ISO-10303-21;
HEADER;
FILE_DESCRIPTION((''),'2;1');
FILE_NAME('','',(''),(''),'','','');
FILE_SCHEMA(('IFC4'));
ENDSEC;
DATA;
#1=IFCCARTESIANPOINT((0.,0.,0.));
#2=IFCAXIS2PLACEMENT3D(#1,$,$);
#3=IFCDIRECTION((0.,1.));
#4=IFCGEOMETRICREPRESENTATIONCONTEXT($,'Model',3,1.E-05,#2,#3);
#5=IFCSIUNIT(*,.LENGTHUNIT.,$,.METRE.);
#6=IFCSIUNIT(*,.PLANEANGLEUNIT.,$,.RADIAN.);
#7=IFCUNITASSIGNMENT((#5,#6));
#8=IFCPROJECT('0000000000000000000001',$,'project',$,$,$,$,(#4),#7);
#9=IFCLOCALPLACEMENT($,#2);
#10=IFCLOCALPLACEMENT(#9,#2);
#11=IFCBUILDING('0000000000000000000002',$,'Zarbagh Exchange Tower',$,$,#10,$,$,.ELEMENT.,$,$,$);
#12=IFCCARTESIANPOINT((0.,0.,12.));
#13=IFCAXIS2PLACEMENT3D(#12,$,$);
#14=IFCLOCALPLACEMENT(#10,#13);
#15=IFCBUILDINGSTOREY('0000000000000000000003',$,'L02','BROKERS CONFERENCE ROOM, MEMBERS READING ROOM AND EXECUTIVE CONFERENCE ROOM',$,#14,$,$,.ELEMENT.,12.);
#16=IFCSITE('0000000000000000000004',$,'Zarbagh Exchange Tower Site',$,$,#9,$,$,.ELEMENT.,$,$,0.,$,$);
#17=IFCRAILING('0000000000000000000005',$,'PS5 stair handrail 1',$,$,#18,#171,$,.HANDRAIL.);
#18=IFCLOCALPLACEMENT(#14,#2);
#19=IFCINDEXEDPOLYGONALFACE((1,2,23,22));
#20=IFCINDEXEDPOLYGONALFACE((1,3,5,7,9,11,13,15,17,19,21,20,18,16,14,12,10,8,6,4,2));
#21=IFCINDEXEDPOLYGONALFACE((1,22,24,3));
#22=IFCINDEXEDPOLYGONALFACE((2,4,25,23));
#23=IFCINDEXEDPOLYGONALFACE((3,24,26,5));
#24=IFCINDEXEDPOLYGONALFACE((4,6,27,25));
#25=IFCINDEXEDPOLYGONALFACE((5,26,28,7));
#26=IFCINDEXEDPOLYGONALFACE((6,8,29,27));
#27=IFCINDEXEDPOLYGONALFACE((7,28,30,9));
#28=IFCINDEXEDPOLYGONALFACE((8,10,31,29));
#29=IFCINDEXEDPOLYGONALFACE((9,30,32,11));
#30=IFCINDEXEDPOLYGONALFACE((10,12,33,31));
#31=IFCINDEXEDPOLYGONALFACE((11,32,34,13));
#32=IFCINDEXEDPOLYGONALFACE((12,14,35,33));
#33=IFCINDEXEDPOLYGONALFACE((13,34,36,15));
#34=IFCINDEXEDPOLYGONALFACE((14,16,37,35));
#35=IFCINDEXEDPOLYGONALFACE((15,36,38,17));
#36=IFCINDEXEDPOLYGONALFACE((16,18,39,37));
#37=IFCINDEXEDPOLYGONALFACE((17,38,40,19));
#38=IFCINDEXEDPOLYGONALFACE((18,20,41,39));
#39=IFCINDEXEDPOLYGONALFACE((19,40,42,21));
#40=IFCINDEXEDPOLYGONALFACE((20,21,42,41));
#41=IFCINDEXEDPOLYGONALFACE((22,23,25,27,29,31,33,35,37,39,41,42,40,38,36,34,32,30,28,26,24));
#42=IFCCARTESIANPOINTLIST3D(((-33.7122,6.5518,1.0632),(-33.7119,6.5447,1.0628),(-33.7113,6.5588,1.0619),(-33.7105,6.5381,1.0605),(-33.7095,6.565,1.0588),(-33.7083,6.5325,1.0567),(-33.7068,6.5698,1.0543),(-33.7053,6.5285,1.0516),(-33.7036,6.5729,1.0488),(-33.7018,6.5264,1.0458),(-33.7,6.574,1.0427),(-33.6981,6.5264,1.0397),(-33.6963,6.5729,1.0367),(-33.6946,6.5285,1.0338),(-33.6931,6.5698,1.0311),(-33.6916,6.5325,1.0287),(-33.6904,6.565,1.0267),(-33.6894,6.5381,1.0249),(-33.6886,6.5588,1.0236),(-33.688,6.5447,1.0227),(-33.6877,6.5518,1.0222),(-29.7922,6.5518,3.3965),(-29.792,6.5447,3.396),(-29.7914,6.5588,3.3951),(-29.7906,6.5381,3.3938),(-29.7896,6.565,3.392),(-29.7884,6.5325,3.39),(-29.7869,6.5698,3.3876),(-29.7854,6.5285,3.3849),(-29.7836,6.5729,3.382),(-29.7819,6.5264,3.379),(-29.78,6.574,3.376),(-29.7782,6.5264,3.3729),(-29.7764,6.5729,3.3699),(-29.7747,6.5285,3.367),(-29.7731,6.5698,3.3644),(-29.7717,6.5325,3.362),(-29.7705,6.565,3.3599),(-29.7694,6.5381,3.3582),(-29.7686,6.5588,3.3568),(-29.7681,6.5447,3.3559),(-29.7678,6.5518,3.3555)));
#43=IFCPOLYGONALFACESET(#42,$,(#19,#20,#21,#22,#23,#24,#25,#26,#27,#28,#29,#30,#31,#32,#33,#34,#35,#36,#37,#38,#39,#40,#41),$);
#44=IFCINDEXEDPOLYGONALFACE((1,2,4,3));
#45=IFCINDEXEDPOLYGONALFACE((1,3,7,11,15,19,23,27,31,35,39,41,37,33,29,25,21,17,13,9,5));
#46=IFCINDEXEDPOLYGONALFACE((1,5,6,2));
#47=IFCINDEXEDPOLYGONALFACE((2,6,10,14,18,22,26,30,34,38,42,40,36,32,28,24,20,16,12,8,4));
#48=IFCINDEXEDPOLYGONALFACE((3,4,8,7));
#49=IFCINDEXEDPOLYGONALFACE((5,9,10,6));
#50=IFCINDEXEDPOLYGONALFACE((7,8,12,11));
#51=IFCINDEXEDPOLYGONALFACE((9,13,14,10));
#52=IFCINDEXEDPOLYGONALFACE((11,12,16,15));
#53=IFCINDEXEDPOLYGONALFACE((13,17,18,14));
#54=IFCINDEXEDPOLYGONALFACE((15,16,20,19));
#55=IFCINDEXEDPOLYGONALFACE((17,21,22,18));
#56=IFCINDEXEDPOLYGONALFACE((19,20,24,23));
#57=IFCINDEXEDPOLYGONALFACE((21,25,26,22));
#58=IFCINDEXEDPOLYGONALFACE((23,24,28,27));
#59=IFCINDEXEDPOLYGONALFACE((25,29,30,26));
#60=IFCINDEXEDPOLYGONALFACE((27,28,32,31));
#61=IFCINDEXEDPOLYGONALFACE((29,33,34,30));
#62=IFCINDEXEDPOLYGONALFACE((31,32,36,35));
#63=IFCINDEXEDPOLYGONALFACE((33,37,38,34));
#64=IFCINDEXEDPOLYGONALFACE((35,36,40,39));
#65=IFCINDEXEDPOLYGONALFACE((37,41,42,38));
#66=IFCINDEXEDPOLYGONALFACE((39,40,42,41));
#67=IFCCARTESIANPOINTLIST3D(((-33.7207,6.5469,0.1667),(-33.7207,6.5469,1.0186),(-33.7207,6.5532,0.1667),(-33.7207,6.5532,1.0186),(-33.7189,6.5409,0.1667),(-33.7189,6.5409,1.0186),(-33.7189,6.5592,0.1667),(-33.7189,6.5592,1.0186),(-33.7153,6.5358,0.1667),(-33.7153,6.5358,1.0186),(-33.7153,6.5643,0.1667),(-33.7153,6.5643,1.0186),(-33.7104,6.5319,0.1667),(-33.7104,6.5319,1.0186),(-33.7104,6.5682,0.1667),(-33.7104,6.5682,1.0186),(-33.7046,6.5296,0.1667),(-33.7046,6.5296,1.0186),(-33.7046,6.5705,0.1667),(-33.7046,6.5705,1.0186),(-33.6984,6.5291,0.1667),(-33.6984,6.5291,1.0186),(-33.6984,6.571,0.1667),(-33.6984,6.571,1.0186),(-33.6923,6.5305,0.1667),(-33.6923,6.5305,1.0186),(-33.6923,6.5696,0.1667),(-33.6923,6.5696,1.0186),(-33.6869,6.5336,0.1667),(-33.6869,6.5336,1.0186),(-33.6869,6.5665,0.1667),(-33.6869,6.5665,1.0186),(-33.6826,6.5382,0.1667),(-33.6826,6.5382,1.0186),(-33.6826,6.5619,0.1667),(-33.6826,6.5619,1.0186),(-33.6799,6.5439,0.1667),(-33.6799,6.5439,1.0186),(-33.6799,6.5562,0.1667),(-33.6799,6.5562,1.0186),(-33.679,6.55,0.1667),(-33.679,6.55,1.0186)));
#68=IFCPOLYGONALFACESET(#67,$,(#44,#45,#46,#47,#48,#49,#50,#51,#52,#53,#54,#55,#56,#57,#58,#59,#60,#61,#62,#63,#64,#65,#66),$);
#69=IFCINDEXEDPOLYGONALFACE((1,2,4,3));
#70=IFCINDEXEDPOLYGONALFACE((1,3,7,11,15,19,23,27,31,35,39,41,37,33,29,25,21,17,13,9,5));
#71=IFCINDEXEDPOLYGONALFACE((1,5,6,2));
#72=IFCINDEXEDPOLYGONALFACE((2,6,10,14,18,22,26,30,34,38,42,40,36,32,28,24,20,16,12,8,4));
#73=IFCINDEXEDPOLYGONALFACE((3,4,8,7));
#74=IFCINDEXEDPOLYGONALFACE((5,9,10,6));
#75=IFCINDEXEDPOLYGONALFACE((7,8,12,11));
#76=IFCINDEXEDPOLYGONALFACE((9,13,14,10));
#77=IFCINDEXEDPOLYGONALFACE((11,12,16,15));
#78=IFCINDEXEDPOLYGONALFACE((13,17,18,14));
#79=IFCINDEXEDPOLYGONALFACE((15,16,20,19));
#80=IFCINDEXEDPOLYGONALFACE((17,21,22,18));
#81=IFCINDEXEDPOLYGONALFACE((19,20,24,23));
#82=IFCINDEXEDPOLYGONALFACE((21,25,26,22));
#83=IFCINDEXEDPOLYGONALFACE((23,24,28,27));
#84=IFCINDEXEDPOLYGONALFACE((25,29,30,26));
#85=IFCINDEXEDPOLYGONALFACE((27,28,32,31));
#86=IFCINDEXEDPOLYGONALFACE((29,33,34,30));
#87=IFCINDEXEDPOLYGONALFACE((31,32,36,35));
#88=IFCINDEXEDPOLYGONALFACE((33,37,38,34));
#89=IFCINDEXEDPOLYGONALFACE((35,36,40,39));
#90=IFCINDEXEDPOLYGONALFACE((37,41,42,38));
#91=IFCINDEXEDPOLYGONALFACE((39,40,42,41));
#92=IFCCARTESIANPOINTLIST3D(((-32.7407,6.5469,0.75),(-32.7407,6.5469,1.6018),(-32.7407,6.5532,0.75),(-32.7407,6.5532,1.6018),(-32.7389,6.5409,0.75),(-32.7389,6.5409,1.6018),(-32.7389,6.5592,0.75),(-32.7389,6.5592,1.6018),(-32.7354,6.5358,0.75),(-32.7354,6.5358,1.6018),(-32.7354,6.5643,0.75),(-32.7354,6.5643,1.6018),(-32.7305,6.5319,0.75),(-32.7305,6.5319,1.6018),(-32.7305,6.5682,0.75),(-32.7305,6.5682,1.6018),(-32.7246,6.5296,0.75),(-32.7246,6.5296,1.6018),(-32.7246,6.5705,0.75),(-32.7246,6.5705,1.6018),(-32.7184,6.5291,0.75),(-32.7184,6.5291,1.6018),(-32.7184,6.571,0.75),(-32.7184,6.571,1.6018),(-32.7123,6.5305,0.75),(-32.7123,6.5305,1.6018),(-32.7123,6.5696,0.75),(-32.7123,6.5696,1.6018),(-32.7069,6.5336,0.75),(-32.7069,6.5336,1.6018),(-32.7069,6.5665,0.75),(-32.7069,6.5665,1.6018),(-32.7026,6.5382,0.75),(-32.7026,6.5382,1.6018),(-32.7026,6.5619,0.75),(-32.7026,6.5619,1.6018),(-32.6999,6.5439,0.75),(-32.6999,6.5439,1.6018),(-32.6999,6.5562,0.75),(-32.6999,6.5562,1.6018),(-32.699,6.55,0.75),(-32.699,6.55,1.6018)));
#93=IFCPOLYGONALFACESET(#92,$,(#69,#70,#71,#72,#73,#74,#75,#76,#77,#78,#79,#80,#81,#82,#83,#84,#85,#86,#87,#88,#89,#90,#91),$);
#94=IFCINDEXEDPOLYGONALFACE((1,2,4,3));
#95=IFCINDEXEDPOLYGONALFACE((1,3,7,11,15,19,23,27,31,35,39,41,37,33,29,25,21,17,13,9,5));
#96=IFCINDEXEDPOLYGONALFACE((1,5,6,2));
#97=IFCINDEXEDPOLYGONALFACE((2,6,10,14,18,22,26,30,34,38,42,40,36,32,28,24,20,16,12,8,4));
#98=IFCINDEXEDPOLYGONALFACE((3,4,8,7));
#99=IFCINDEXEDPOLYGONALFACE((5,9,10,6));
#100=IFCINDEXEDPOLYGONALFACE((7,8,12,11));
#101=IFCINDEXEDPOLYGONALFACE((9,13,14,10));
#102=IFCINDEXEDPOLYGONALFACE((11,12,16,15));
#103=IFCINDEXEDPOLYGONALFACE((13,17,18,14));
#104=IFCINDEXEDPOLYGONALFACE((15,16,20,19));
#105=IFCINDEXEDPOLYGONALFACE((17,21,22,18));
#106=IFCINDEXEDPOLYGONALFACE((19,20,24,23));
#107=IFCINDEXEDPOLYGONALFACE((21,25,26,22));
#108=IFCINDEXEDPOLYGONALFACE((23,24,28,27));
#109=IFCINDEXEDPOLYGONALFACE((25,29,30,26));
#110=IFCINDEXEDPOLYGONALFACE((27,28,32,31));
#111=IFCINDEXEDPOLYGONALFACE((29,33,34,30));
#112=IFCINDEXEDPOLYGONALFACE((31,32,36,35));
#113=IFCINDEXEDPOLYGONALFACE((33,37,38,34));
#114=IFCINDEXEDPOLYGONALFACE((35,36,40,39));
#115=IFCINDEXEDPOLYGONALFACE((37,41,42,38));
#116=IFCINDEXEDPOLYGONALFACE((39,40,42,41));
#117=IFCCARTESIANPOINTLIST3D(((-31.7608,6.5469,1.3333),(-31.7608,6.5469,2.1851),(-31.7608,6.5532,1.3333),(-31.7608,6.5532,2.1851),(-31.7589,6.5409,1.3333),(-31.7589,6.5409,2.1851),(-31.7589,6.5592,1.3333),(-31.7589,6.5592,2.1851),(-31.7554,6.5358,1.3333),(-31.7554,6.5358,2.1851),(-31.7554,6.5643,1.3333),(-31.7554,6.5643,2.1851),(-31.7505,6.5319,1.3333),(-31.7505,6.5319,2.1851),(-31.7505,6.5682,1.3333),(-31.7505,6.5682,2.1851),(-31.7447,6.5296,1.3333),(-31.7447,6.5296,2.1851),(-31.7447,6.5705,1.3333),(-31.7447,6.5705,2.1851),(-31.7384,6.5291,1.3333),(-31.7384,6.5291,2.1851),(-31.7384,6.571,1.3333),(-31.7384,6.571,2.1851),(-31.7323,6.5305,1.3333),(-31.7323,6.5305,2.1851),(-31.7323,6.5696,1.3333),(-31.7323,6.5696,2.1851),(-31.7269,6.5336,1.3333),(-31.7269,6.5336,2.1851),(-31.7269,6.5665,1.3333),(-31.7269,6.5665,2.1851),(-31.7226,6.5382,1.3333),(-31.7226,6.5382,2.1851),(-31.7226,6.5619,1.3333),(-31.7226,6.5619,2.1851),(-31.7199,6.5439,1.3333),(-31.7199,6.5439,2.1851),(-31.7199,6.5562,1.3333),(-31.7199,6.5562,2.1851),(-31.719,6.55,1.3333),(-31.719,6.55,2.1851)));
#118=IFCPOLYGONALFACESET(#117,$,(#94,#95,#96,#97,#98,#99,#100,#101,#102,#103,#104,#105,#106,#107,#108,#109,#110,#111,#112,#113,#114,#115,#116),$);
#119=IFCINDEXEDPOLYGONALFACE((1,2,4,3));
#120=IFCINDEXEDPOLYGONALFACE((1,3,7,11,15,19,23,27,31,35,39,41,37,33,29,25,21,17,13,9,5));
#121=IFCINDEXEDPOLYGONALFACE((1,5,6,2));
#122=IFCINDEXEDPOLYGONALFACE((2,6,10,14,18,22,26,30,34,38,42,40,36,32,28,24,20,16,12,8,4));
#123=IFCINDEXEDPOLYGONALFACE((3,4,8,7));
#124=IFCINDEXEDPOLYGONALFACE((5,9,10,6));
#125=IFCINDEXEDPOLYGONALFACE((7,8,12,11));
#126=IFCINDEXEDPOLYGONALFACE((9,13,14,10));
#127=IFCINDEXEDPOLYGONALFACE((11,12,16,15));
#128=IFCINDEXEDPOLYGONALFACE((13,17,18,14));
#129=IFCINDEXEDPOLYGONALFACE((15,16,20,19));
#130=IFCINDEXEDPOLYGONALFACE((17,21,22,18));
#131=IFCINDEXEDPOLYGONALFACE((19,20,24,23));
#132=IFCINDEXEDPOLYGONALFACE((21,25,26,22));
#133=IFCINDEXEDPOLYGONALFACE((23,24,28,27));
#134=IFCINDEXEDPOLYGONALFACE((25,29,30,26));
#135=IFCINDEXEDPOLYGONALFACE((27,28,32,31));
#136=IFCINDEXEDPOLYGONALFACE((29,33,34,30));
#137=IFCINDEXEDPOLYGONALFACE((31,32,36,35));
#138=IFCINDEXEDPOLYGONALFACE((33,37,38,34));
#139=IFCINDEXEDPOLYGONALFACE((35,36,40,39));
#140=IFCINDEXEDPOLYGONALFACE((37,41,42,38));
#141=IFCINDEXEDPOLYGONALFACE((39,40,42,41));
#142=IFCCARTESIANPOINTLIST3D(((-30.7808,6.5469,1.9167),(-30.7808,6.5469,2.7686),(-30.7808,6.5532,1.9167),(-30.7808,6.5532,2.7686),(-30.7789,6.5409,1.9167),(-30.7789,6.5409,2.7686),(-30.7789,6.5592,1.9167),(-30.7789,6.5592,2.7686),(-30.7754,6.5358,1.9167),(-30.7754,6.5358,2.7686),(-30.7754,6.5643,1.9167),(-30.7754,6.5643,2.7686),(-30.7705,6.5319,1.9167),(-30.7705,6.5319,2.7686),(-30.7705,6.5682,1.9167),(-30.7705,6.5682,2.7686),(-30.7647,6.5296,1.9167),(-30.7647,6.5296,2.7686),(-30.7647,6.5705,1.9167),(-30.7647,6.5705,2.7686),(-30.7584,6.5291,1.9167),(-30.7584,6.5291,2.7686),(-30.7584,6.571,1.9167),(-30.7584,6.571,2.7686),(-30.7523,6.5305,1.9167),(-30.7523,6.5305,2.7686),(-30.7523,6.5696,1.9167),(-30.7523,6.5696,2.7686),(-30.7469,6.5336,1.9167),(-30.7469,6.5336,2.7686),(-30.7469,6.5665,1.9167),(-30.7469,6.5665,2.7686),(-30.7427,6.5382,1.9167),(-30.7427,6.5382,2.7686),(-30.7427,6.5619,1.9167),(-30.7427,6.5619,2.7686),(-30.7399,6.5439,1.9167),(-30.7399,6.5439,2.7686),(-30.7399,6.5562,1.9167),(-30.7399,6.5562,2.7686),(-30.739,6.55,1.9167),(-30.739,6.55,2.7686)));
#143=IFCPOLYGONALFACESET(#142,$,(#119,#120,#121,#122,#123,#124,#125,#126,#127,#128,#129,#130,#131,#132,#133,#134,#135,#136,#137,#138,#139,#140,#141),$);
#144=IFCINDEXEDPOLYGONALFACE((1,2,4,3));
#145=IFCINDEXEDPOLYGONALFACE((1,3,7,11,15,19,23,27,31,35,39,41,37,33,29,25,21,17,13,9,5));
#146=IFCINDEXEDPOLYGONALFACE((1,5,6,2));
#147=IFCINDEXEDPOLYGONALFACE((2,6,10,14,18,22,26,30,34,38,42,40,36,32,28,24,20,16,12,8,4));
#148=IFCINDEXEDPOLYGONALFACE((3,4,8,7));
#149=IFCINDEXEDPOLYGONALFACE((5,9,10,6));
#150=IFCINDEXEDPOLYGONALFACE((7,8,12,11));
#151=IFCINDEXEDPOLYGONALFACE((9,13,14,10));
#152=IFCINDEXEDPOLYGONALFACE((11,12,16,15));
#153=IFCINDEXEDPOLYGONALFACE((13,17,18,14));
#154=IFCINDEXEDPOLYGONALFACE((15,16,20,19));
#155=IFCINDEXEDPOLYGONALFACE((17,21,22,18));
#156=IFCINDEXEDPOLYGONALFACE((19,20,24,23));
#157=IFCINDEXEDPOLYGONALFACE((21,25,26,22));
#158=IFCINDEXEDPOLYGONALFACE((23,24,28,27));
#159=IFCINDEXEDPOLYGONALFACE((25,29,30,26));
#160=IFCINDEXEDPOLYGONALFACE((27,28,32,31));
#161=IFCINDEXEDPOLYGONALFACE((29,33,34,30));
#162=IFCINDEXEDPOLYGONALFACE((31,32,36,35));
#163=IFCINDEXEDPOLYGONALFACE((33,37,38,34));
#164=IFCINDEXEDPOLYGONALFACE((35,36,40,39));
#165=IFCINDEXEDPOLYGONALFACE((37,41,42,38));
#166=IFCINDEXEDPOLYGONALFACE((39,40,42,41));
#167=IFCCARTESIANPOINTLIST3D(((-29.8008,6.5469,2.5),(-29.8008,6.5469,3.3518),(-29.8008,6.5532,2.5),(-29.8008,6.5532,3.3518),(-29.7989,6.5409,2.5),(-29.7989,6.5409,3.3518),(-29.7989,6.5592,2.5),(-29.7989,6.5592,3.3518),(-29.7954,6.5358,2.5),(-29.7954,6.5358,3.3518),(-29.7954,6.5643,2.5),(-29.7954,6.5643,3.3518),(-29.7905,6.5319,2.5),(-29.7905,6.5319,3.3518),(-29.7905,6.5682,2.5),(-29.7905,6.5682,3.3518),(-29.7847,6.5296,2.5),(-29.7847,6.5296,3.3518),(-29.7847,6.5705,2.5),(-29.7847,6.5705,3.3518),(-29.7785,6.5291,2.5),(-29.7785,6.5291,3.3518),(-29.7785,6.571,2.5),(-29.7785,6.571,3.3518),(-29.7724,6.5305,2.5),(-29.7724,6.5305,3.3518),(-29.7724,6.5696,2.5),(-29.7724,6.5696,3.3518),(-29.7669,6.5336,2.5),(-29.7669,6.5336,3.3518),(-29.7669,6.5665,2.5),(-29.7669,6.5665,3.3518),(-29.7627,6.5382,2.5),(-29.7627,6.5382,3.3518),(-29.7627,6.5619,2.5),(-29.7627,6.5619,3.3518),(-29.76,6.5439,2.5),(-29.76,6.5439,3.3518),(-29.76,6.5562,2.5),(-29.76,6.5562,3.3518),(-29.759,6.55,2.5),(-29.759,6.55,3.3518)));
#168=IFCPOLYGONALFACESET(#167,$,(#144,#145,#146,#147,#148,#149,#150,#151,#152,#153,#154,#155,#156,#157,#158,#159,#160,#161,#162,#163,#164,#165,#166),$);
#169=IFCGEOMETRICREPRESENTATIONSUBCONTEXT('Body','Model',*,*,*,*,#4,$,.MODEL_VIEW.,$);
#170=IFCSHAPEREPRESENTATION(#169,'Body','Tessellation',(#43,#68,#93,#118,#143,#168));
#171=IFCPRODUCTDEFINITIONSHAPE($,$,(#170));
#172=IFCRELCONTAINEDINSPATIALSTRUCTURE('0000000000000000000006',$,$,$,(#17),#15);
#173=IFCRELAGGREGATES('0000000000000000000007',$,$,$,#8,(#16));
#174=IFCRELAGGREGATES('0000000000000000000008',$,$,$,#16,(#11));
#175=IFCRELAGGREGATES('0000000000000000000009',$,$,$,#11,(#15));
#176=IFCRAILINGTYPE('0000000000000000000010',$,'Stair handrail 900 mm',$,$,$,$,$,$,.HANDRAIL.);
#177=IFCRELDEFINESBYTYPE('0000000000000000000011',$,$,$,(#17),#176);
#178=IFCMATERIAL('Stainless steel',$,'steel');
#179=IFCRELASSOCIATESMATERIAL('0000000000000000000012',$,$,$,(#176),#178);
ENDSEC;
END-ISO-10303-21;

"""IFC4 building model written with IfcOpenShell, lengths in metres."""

from ifc_helpers import new_model, si_unit, direction, frame, origin, origin_2d, place, context, subcontext, project, spatial, circle, extrude, material, type_object, element, save


model = new_model("IFC4")

# Units and contexts
model_context = context("Model", 3, precision=1e-05, world=origin(), true_north=direction((0.0, 1.0)))
body_context = subcontext(model_context, "Body", "Model", "MODEL_VIEW")
ifc_project = project(units=[si_unit("LENGTHUNIT", "METRE"), si_unit("PLANEANGLEUNIT", "RADIAN")], contexts=[model_context])

# Site, building, storey
site_placement = place(None, origin())
site = spatial("IfcSite", under=ifc_project, at=site_placement, Name="Zarbagh Exchange Tower Site", CompositionType="ELEMENT", RefElevation=0.0)
building_placement = place(site_placement, origin())
building = spatial("IfcBuilding", under=site, at=building_placement, Name="Zarbagh Exchange Tower", CompositionType="ELEMENT")
storey_placement = place(building_placement, frame((0.0, 0.0, 12.0)))
storey = spatial("IfcBuildingStorey", under=building, at=storey_placement, Name="L02", Description="BROKERS CONFERENCE ROOM, MEMBERS READING ROOM AND EXECUTIVE CONFERENCE ROOM", CompositionType="ELEMENT", Elevation=12.0)

# Railing
ifc_material_1 = material(Name="Stainless steel", Category="steel")
railing_type_1 = type_object("IfcRailingType", Name="Stair handrail 900 mm", PredefinedType="HANDRAIL", material=ifc_material_1)
railing_1_placement = place(storey_placement, frame((-33.7, 6.55, 0.1667)))
element("IfcRailing", 1, at=railing_1_placement, inside=storey, type_object=railing_type_1, Name="PS5 stair handrail 1", PredefinedType="HANDRAIL", context=body_context, shape_type="SweptSolid", body=[
    extrude(circle(Radius=0.0239, at=origin_2d()), frame((0.0, 0.0, 0.876), z_axis=(0.859296, 0.0, 0.511478), x_axis=(0.0, 1.0, 0.0)), (0.0, 0.0, 1.0), 4.5618),
    extrude(circle(Radius=0.021, at=origin_2d()), origin(), (0.0, 0.0, 1.0), 0.8518),
    extrude(circle(Radius=0.021, at=origin_2d()), frame((0.98, 0.0, 0.5833)), (0.0, 0.0, 1.0), 0.8518),
    extrude(circle(Radius=0.021, at=origin_2d()), frame((1.96, 0.0, 1.1665)), (0.0, 0.0, 1.0), 0.8518),
    extrude(circle(Radius=0.021, at=origin_2d()), frame((2.9399, 0.0, 1.75)), (0.0, 0.0, 1.0), 0.8518),
    extrude(circle(Radius=0.021, at=origin_2d()), frame((3.9199, 0.0, 2.3333)), (0.0, 0.0, 1.0), 0.8518),
])

save(model, "model.ifc")
